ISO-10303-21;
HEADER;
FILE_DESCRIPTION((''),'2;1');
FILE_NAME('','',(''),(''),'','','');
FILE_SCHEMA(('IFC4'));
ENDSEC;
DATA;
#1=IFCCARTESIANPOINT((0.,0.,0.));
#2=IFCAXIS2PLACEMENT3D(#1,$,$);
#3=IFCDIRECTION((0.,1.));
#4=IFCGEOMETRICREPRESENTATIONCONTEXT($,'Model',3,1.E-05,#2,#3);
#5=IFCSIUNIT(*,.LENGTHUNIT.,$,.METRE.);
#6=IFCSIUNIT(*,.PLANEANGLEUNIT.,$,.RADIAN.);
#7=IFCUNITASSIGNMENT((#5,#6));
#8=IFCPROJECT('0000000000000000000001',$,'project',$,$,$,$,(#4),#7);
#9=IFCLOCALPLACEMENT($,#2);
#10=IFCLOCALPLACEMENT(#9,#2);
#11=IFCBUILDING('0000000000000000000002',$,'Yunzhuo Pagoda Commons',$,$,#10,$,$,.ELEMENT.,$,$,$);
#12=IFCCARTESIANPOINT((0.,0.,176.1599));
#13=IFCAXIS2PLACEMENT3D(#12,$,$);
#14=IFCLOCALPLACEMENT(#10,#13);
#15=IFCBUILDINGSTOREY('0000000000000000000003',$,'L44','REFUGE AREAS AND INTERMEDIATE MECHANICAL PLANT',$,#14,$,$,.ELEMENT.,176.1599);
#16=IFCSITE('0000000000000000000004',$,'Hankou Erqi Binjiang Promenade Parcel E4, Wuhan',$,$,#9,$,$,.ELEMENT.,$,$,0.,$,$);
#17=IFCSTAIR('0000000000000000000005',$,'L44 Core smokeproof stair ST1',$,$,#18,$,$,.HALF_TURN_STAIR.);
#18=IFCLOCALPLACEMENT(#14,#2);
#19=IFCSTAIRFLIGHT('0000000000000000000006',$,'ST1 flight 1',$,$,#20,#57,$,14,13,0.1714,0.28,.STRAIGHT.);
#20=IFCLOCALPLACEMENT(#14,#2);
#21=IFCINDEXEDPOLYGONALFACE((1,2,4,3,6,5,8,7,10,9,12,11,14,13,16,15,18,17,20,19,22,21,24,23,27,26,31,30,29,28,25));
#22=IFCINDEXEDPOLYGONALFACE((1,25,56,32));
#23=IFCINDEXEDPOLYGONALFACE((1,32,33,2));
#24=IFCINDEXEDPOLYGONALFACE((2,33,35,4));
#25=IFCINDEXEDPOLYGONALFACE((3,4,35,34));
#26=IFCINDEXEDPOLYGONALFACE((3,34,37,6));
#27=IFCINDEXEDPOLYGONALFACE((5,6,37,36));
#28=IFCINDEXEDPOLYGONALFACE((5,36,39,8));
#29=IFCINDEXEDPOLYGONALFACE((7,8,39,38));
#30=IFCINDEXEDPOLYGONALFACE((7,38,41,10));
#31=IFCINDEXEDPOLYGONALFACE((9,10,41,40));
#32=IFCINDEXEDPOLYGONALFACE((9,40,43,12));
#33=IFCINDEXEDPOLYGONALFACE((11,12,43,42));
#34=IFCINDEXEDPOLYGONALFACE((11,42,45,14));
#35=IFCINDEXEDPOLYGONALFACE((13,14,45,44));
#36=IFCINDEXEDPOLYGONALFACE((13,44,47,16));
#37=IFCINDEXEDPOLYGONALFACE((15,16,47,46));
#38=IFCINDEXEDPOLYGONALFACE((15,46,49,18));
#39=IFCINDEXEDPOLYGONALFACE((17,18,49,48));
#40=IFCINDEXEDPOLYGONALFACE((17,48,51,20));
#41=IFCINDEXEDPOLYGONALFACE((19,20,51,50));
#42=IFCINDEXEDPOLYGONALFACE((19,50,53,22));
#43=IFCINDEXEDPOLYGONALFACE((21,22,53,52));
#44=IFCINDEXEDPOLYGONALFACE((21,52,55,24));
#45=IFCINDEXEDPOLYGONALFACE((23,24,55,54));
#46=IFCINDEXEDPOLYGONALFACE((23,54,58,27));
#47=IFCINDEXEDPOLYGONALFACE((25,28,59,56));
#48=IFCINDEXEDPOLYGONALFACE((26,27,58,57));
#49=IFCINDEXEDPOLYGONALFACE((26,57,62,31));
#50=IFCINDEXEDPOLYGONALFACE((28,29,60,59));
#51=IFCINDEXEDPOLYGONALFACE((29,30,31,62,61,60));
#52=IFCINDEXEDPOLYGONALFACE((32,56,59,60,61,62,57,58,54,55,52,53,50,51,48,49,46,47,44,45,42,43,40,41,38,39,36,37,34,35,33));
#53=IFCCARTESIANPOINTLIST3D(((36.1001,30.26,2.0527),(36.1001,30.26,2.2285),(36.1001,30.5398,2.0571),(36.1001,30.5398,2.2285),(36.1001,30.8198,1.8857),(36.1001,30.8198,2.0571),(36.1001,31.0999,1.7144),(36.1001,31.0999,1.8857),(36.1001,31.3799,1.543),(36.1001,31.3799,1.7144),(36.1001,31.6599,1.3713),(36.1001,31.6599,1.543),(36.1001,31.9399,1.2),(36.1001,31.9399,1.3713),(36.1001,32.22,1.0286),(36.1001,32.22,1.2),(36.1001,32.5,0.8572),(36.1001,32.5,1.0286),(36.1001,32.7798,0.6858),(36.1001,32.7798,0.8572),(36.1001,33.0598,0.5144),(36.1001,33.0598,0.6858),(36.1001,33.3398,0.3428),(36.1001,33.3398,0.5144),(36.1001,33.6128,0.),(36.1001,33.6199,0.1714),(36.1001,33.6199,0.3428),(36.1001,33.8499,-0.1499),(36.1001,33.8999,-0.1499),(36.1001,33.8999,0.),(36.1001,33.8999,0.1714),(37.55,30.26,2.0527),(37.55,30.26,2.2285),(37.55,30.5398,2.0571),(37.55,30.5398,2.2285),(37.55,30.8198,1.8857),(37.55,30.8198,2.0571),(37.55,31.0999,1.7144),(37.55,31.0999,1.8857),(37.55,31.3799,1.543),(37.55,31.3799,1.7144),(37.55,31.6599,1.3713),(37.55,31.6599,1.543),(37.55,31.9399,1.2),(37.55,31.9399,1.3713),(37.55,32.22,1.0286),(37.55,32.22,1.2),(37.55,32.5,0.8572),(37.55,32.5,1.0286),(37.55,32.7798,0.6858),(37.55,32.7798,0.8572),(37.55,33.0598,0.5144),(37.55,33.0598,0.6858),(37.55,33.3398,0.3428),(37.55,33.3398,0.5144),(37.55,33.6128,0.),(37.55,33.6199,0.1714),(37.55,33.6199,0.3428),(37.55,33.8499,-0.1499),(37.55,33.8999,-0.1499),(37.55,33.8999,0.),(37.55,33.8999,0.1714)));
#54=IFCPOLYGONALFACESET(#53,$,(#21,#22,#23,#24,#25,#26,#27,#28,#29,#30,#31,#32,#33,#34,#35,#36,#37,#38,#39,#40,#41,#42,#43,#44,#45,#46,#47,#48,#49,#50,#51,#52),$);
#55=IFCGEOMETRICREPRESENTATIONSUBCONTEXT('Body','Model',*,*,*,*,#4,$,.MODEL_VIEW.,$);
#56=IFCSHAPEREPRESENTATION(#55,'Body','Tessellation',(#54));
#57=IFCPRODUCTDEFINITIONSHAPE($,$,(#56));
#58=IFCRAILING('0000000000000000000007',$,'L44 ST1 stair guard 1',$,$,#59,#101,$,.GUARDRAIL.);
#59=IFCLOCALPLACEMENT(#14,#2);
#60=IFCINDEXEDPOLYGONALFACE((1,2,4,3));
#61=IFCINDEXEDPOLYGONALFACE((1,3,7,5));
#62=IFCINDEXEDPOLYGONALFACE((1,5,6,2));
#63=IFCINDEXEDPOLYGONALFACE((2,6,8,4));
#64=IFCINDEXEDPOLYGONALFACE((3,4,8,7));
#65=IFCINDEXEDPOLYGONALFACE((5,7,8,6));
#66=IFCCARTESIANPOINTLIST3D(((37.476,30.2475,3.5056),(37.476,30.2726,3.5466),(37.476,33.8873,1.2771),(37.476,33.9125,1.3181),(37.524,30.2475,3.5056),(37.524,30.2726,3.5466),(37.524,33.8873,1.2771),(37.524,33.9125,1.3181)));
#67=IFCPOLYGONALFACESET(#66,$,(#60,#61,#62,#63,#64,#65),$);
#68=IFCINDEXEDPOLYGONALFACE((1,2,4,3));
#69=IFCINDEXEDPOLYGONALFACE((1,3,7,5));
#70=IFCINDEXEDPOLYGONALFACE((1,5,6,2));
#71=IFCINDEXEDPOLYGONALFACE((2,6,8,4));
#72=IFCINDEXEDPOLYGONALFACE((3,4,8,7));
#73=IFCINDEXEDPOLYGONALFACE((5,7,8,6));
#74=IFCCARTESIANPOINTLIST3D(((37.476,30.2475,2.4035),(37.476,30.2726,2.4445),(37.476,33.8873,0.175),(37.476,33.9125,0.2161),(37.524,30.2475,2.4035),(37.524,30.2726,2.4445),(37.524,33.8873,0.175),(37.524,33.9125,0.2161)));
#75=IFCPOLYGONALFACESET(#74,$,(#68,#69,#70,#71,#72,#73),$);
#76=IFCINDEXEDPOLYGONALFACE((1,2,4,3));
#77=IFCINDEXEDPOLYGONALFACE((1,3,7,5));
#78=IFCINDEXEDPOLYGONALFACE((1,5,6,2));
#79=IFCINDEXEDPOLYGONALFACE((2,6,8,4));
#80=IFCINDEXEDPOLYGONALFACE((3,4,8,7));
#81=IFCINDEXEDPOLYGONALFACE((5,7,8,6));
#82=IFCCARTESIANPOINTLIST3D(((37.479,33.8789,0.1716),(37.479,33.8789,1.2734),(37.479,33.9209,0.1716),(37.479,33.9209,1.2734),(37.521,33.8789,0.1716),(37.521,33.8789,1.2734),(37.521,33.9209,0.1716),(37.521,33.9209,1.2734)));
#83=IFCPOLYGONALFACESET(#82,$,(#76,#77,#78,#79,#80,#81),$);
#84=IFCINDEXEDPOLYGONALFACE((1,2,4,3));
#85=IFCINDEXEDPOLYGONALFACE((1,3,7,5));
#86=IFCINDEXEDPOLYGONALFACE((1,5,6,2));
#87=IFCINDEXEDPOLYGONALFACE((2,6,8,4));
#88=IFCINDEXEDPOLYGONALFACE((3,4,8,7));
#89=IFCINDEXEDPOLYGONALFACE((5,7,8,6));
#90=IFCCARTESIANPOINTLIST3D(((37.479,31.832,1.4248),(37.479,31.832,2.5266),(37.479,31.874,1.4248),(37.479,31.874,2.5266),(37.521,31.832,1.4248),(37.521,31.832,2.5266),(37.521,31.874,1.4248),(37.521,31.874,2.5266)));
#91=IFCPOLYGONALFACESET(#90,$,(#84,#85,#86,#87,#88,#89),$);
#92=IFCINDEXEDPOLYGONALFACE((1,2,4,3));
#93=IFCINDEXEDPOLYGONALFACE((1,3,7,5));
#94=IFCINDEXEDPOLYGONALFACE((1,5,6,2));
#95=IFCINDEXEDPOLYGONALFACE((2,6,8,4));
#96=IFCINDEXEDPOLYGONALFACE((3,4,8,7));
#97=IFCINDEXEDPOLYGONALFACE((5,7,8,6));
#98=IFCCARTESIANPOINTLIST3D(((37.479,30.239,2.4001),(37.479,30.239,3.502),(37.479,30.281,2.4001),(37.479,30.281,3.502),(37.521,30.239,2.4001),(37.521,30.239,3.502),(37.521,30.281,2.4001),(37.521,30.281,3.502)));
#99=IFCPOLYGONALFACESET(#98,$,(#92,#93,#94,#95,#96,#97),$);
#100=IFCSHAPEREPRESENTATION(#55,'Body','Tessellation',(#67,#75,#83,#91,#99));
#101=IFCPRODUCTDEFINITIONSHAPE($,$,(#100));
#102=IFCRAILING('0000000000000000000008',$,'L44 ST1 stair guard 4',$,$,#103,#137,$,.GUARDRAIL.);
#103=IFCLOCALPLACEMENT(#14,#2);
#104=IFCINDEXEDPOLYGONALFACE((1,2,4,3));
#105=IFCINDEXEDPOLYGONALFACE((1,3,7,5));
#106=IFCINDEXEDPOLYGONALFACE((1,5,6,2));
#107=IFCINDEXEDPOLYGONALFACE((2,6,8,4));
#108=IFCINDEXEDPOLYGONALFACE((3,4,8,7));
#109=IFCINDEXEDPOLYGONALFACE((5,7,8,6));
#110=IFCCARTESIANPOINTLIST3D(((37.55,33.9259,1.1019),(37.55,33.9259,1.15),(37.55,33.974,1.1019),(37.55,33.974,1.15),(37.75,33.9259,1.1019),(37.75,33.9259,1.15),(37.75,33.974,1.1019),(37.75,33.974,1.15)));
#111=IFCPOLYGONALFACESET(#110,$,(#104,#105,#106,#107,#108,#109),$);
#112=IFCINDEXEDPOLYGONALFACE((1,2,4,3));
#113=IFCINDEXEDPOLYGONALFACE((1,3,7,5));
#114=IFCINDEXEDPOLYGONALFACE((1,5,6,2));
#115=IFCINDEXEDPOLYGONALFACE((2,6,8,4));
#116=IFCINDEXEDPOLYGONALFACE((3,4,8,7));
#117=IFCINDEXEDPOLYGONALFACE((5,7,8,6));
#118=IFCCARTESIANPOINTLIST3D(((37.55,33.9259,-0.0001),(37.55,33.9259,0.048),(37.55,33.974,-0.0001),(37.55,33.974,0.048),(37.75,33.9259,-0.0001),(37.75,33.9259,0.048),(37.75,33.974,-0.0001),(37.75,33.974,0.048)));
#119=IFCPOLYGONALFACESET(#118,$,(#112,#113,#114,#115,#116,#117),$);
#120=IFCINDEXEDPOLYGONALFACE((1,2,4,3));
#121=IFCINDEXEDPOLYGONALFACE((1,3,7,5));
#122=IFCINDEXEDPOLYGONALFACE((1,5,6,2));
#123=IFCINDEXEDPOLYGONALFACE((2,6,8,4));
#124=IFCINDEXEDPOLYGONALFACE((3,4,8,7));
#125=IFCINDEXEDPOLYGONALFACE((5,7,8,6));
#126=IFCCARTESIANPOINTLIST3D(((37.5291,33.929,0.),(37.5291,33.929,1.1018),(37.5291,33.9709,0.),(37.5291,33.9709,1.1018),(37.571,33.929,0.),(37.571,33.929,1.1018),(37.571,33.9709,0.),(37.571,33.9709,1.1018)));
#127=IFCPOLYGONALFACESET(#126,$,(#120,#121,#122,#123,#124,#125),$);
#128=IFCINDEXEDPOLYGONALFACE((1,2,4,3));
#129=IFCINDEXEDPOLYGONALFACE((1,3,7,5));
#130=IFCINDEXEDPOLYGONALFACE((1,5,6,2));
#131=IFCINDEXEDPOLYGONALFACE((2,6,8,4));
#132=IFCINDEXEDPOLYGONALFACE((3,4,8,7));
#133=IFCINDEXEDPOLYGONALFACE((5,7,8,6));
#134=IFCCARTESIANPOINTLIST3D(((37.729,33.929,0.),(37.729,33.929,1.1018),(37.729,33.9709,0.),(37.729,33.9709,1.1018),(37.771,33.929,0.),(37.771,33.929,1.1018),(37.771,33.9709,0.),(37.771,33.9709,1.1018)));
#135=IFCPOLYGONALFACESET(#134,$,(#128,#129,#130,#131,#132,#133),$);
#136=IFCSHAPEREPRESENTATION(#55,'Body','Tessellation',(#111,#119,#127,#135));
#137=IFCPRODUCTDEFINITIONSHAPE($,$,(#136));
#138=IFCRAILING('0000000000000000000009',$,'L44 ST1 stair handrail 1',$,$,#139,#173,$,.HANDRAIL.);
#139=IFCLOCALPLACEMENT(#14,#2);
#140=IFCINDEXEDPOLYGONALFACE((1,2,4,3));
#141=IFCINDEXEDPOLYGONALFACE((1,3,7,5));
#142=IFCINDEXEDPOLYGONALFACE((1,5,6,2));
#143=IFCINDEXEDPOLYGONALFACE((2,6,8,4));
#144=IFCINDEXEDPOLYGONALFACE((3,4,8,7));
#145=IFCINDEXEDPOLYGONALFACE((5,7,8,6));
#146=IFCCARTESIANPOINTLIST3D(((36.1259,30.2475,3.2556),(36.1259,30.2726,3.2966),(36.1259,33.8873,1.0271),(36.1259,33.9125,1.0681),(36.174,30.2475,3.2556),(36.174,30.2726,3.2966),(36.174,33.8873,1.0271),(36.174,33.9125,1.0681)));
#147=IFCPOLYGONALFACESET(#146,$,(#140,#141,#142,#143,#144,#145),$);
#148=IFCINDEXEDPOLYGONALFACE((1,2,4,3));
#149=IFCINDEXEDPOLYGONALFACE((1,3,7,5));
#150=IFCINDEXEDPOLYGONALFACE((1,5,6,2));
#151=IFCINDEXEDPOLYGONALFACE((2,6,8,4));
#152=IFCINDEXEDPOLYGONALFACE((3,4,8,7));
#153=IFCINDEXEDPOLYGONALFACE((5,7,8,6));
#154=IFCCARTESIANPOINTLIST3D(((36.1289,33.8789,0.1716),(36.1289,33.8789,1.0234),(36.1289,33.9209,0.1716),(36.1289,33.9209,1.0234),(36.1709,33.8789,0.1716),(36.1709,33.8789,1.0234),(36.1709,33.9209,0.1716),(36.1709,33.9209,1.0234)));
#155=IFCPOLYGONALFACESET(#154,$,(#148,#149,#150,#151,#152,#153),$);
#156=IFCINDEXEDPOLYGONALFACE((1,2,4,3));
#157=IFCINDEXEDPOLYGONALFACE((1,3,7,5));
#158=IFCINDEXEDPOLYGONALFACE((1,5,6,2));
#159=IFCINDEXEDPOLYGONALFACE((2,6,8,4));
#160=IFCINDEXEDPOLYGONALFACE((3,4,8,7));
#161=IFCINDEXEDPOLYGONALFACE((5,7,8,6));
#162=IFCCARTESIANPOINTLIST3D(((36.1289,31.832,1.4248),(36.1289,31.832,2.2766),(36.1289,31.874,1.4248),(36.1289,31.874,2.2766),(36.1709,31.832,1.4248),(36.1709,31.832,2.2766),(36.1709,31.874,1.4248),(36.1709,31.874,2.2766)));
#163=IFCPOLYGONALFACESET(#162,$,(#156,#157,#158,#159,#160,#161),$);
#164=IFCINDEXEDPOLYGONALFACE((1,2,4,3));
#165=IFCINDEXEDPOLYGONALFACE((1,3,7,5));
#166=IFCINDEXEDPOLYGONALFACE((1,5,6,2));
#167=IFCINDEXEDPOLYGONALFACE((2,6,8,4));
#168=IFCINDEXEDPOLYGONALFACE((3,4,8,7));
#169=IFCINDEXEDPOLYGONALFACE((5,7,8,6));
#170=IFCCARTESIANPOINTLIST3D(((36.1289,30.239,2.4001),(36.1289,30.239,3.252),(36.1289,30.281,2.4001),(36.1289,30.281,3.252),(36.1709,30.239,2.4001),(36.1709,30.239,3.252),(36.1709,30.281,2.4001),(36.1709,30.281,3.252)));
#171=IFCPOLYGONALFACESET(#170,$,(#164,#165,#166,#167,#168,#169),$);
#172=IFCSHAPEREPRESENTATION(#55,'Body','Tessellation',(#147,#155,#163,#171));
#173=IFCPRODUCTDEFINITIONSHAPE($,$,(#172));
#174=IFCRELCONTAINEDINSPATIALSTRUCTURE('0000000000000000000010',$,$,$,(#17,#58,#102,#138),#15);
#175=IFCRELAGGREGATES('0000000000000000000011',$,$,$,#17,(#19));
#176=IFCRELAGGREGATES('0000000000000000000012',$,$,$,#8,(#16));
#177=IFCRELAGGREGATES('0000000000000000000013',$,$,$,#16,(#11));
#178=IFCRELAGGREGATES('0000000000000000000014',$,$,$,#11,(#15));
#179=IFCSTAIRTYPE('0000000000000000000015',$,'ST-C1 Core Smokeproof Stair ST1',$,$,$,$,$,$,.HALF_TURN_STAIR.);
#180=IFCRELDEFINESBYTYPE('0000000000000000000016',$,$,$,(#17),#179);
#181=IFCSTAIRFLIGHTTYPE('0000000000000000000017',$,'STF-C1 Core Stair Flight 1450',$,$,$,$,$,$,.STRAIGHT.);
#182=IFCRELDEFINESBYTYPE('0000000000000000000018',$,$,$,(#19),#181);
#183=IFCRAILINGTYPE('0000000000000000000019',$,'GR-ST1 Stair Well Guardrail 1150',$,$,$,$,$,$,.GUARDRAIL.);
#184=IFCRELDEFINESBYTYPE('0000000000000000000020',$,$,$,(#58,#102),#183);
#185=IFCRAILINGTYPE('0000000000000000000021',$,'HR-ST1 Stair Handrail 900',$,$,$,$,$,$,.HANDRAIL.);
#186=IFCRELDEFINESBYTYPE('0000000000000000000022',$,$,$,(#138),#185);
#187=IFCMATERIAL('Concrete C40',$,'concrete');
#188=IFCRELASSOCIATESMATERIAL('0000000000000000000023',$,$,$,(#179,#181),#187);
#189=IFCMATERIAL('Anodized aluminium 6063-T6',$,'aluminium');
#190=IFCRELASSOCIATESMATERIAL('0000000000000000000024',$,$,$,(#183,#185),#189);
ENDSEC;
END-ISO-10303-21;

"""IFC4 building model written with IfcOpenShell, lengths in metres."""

from ifc_helpers import new_model, si_unit, direction, frame, origin, origin_2d, place, context, subcontext, project, spatial, polyline, rectangle, outline, extrude, source, transform, mapped, material, type_object, element, aggregate, save


model = new_model("IFC4")

# Units and contexts
model_context = context("Model", 3, precision=1e-05, world=origin(), true_north=direction((0.0, 1.0)))
body_context = subcontext(model_context, "Body", "Model", "MODEL_VIEW")
ifc_project = project(units=[si_unit("LENGTHUNIT", "METRE"), si_unit("PLANEANGLEUNIT", "RADIAN")], contexts=[model_context])

# Site, building, storey
site_placement = place(None, origin())
site = spatial("IfcSite", under=ifc_project, at=site_placement, Name="Hankou Erqi Binjiang Promenade Parcel E4, Wuhan", CompositionType="ELEMENT", RefElevation=0.0)
building_placement = place(site_placement, origin())
building = spatial("IfcBuilding", under=site, at=building_placement, Name="Yunzhuo Pagoda Commons", CompositionType="ELEMENT")
storey_placement = place(building_placement, frame((0.0, 0.0, 176.1599)))
storey = spatial("IfcBuildingStorey", under=building, at=storey_placement, Name="L44", Description="REFUGE AREAS AND INTERMEDIATE MECHANICAL PLANT", CompositionType="ELEMENT", Elevation=176.1599)

# Shared definitions
ifc_material_1 = material(Name="Concrete C40", Category="concrete")

# Stair, stair flight
stair_type = type_object("IfcStairType", Name="ST-C1 Core Smokeproof Stair ST1", PredefinedType="HALF_TURN_STAIR", material=ifc_material_1)
stair_placement = place(storey_placement, origin())
stair = element("IfcStair", 1, at=stair_placement, inside=storey, type_object=stair_type, Name="L44 Core smokeproof stair ST1", PredefinedType="HALF_TURN_STAIR")
stair_flight_type = type_object("IfcStairFlightType", Name="STF-C1 Core Stair Flight 1450", PredefinedType="STRAIGHT", material=ifc_material_1)
shared_shape_1 = source(origin(), body_context, "Body", "SweptSolid", [
    extrude(outline(polyline([(0.0, -0.1499), (0.0, 0.0), (0.0, 0.1714), (0.28, 0.1714), (0.28, 0.3428), (0.5601, 0.3428), (0.5601, 0.5144), (0.8401, 0.5144), (0.8401, 0.6858), (1.1201, 0.6858), (1.1201, 0.8572), (1.3999, 0.8572), (1.3999, 1.0286), (1.6799, 1.0286), (1.6799, 1.2), (1.96, 1.2), (1.96, 1.3713), (2.24, 1.3713), (2.24, 1.543), (2.52, 1.543), (2.52, 1.7144), (2.8, 1.7144), (2.8, 1.8857), (3.0801, 1.8857), (3.0801, 2.0571), (3.3601, 2.0571), (3.3601, 2.2285), (3.6399, 2.2285), (3.6399, 2.3999), (3.6399, 2.0527), (0.2871, 0.0), (0.05, -0.1499), (0.0, -0.1499)])), frame((0.0, 0.7251, 0.0), z_axis=(0.0, -1.0, 0.0), x_axis=(1.0, 0.0, 0.0)), (0.0, 0.0, 1.0), 1.45),
])
stair_flight_placement = place(storey_placement, frame((36.825, 33.8999, 0.0), z_axis=(0.0, 0.0, 1.0), x_axis=(0.0, -1.0, 0.0)))
stair_flight = element("IfcStairFlight", 2, at=stair_flight_placement, type_object=stair_flight_type, Name="ST1 flight 1", NumberOfRisers=14, NumberOfTreads=13, PredefinedType="STRAIGHT", RiserHeight=0.1714, TreadLength=0.28, context=body_context, shape_type="MappedRepresentation", body=[
    mapped(shared_shape_1, transform((0.0, 0.0, 0.0), scale=1.0)),
])
aggregate(stair, [stair_flight])

# Railings
ifc_material_2 = material(Name="Anodized aluminium 6063-T6", Category="aluminium")
railing_type_1 = type_object("IfcRailingType", Name="GR-ST1 Stair Well Guardrail 1150", PredefinedType="GUARDRAIL", material=ifc_material_2)
railing_1_placement = place(storey_placement, frame((37.5, 33.8999, 0.1716)))
element("IfcRailing", 3, at=railing_1_placement, inside=storey, type_object=railing_type_1, Name="L44 ST1 stair guard 1", PredefinedType="GUARDRAIL", context=body_context, shape_type="SweptSolid", body=[
    extrude(rectangle(XDim=0.0481, YDim=0.0481, at=origin_2d()), frame((0.0, 0.0, 1.126), z_axis=(0.0, -0.85285, 0.522156), x_axis=(1.0, 0.0, 0.0)), (0.0, 0.0, 1.0), 4.2678),
    extrude(rectangle(XDim=0.0481, YDim=0.0481, at=origin_2d()), frame((0.0, 0.0, 0.0239), z_axis=(0.0, -0.85285, 0.522156), x_axis=(1.0, 0.0, 0.0)), (0.0, 0.0, 1.0), 4.2678),
    extrude(rectangle(XDim=0.042, YDim=0.042, at=origin_2d()), origin(), (0.0, 0.0, 1.0), 1.1018),
    extrude(rectangle(XDim=0.042, YDim=0.042, at=origin_2d()), frame((0.0, -2.0469, 1.2532)), (0.0, 0.0, 1.0), 1.1018),
    extrude(rectangle(XDim=0.042, YDim=0.042, at=origin_2d()), frame((0.0, -3.6399, 2.2285)), (0.0, 0.0, 1.0), 1.1018),
])
railing_2_placement = place(storey_placement, frame((37.55, 33.95, 0.0)))
element("IfcRailing", 4, at=railing_2_placement, inside=storey, type_object=railing_type_1, Name="L44 ST1 stair guard 4", PredefinedType="GUARDRAIL", context=body_context, shape_type="SweptSolid", body=[
    extrude(rectangle(XDim=0.0481, YDim=0.0481, at=origin_2d()), frame((0.0, 0.0, 1.126), z_axis=(1.0, 0.0, 0.0), x_axis=(0.0, 1.0, 0.0)), (0.0, 0.0, 1.0), 0.2),
    extrude(rectangle(XDim=0.0481, YDim=0.0481, at=origin_2d()), frame((0.0, 0.0, 0.0239), z_axis=(1.0, 0.0, 0.0), x_axis=(0.0, 1.0, 0.0)), (0.0, 0.0, 1.0), 0.2),
    extrude(rectangle(XDim=0.042, YDim=0.042, at=origin_2d()), origin(), (0.0, 0.0, 1.0), 1.1018),
    extrude(rectangle(XDim=0.042, YDim=0.042, at=origin_2d()), frame((0.2, 0.0, 0.0)), (0.0, 0.0, 1.0), 1.1018),
])
railing_type_2 = type_object("IfcRailingType", Name="HR-ST1 Stair Handrail 900", PredefinedType="HANDRAIL", material=ifc_material_2)
railing_3_placement = place(storey_placement, frame((36.1499, 33.8999, 0.1716)))
element("IfcRailing", 5, at=railing_3_placement, inside=storey, type_object=railing_type_2, Name="L44 ST1 stair handrail 1", PredefinedType="HANDRAIL", context=body_context, shape_type="SweptSolid", body=[
    extrude(rectangle(XDim=0.0481, YDim=0.0481, at=origin_2d()), frame((0.0, 0.0, 0.876), z_axis=(0.0, -0.85285, 0.522156), x_axis=(1.0, 0.0, 0.0)), (0.0, 0.0, 1.0), 4.2678),
    extrude(rectangle(XDim=0.042, YDim=0.042, at=origin_2d()), origin(), (0.0, 0.0, 1.0), 0.8518),
    extrude(rectangle(XDim=0.042, YDim=0.042, at=origin_2d()), frame((0.0, -2.0469, 1.2532)), (0.0, 0.0, 1.0), 0.8518),
    extrude(rectangle(XDim=0.042, YDim=0.042, at=origin_2d()), frame((0.0, -3.6399, 2.2285)), (0.0, 0.0, 1.0), 0.8518),
])

save(model, "model.ifc")
